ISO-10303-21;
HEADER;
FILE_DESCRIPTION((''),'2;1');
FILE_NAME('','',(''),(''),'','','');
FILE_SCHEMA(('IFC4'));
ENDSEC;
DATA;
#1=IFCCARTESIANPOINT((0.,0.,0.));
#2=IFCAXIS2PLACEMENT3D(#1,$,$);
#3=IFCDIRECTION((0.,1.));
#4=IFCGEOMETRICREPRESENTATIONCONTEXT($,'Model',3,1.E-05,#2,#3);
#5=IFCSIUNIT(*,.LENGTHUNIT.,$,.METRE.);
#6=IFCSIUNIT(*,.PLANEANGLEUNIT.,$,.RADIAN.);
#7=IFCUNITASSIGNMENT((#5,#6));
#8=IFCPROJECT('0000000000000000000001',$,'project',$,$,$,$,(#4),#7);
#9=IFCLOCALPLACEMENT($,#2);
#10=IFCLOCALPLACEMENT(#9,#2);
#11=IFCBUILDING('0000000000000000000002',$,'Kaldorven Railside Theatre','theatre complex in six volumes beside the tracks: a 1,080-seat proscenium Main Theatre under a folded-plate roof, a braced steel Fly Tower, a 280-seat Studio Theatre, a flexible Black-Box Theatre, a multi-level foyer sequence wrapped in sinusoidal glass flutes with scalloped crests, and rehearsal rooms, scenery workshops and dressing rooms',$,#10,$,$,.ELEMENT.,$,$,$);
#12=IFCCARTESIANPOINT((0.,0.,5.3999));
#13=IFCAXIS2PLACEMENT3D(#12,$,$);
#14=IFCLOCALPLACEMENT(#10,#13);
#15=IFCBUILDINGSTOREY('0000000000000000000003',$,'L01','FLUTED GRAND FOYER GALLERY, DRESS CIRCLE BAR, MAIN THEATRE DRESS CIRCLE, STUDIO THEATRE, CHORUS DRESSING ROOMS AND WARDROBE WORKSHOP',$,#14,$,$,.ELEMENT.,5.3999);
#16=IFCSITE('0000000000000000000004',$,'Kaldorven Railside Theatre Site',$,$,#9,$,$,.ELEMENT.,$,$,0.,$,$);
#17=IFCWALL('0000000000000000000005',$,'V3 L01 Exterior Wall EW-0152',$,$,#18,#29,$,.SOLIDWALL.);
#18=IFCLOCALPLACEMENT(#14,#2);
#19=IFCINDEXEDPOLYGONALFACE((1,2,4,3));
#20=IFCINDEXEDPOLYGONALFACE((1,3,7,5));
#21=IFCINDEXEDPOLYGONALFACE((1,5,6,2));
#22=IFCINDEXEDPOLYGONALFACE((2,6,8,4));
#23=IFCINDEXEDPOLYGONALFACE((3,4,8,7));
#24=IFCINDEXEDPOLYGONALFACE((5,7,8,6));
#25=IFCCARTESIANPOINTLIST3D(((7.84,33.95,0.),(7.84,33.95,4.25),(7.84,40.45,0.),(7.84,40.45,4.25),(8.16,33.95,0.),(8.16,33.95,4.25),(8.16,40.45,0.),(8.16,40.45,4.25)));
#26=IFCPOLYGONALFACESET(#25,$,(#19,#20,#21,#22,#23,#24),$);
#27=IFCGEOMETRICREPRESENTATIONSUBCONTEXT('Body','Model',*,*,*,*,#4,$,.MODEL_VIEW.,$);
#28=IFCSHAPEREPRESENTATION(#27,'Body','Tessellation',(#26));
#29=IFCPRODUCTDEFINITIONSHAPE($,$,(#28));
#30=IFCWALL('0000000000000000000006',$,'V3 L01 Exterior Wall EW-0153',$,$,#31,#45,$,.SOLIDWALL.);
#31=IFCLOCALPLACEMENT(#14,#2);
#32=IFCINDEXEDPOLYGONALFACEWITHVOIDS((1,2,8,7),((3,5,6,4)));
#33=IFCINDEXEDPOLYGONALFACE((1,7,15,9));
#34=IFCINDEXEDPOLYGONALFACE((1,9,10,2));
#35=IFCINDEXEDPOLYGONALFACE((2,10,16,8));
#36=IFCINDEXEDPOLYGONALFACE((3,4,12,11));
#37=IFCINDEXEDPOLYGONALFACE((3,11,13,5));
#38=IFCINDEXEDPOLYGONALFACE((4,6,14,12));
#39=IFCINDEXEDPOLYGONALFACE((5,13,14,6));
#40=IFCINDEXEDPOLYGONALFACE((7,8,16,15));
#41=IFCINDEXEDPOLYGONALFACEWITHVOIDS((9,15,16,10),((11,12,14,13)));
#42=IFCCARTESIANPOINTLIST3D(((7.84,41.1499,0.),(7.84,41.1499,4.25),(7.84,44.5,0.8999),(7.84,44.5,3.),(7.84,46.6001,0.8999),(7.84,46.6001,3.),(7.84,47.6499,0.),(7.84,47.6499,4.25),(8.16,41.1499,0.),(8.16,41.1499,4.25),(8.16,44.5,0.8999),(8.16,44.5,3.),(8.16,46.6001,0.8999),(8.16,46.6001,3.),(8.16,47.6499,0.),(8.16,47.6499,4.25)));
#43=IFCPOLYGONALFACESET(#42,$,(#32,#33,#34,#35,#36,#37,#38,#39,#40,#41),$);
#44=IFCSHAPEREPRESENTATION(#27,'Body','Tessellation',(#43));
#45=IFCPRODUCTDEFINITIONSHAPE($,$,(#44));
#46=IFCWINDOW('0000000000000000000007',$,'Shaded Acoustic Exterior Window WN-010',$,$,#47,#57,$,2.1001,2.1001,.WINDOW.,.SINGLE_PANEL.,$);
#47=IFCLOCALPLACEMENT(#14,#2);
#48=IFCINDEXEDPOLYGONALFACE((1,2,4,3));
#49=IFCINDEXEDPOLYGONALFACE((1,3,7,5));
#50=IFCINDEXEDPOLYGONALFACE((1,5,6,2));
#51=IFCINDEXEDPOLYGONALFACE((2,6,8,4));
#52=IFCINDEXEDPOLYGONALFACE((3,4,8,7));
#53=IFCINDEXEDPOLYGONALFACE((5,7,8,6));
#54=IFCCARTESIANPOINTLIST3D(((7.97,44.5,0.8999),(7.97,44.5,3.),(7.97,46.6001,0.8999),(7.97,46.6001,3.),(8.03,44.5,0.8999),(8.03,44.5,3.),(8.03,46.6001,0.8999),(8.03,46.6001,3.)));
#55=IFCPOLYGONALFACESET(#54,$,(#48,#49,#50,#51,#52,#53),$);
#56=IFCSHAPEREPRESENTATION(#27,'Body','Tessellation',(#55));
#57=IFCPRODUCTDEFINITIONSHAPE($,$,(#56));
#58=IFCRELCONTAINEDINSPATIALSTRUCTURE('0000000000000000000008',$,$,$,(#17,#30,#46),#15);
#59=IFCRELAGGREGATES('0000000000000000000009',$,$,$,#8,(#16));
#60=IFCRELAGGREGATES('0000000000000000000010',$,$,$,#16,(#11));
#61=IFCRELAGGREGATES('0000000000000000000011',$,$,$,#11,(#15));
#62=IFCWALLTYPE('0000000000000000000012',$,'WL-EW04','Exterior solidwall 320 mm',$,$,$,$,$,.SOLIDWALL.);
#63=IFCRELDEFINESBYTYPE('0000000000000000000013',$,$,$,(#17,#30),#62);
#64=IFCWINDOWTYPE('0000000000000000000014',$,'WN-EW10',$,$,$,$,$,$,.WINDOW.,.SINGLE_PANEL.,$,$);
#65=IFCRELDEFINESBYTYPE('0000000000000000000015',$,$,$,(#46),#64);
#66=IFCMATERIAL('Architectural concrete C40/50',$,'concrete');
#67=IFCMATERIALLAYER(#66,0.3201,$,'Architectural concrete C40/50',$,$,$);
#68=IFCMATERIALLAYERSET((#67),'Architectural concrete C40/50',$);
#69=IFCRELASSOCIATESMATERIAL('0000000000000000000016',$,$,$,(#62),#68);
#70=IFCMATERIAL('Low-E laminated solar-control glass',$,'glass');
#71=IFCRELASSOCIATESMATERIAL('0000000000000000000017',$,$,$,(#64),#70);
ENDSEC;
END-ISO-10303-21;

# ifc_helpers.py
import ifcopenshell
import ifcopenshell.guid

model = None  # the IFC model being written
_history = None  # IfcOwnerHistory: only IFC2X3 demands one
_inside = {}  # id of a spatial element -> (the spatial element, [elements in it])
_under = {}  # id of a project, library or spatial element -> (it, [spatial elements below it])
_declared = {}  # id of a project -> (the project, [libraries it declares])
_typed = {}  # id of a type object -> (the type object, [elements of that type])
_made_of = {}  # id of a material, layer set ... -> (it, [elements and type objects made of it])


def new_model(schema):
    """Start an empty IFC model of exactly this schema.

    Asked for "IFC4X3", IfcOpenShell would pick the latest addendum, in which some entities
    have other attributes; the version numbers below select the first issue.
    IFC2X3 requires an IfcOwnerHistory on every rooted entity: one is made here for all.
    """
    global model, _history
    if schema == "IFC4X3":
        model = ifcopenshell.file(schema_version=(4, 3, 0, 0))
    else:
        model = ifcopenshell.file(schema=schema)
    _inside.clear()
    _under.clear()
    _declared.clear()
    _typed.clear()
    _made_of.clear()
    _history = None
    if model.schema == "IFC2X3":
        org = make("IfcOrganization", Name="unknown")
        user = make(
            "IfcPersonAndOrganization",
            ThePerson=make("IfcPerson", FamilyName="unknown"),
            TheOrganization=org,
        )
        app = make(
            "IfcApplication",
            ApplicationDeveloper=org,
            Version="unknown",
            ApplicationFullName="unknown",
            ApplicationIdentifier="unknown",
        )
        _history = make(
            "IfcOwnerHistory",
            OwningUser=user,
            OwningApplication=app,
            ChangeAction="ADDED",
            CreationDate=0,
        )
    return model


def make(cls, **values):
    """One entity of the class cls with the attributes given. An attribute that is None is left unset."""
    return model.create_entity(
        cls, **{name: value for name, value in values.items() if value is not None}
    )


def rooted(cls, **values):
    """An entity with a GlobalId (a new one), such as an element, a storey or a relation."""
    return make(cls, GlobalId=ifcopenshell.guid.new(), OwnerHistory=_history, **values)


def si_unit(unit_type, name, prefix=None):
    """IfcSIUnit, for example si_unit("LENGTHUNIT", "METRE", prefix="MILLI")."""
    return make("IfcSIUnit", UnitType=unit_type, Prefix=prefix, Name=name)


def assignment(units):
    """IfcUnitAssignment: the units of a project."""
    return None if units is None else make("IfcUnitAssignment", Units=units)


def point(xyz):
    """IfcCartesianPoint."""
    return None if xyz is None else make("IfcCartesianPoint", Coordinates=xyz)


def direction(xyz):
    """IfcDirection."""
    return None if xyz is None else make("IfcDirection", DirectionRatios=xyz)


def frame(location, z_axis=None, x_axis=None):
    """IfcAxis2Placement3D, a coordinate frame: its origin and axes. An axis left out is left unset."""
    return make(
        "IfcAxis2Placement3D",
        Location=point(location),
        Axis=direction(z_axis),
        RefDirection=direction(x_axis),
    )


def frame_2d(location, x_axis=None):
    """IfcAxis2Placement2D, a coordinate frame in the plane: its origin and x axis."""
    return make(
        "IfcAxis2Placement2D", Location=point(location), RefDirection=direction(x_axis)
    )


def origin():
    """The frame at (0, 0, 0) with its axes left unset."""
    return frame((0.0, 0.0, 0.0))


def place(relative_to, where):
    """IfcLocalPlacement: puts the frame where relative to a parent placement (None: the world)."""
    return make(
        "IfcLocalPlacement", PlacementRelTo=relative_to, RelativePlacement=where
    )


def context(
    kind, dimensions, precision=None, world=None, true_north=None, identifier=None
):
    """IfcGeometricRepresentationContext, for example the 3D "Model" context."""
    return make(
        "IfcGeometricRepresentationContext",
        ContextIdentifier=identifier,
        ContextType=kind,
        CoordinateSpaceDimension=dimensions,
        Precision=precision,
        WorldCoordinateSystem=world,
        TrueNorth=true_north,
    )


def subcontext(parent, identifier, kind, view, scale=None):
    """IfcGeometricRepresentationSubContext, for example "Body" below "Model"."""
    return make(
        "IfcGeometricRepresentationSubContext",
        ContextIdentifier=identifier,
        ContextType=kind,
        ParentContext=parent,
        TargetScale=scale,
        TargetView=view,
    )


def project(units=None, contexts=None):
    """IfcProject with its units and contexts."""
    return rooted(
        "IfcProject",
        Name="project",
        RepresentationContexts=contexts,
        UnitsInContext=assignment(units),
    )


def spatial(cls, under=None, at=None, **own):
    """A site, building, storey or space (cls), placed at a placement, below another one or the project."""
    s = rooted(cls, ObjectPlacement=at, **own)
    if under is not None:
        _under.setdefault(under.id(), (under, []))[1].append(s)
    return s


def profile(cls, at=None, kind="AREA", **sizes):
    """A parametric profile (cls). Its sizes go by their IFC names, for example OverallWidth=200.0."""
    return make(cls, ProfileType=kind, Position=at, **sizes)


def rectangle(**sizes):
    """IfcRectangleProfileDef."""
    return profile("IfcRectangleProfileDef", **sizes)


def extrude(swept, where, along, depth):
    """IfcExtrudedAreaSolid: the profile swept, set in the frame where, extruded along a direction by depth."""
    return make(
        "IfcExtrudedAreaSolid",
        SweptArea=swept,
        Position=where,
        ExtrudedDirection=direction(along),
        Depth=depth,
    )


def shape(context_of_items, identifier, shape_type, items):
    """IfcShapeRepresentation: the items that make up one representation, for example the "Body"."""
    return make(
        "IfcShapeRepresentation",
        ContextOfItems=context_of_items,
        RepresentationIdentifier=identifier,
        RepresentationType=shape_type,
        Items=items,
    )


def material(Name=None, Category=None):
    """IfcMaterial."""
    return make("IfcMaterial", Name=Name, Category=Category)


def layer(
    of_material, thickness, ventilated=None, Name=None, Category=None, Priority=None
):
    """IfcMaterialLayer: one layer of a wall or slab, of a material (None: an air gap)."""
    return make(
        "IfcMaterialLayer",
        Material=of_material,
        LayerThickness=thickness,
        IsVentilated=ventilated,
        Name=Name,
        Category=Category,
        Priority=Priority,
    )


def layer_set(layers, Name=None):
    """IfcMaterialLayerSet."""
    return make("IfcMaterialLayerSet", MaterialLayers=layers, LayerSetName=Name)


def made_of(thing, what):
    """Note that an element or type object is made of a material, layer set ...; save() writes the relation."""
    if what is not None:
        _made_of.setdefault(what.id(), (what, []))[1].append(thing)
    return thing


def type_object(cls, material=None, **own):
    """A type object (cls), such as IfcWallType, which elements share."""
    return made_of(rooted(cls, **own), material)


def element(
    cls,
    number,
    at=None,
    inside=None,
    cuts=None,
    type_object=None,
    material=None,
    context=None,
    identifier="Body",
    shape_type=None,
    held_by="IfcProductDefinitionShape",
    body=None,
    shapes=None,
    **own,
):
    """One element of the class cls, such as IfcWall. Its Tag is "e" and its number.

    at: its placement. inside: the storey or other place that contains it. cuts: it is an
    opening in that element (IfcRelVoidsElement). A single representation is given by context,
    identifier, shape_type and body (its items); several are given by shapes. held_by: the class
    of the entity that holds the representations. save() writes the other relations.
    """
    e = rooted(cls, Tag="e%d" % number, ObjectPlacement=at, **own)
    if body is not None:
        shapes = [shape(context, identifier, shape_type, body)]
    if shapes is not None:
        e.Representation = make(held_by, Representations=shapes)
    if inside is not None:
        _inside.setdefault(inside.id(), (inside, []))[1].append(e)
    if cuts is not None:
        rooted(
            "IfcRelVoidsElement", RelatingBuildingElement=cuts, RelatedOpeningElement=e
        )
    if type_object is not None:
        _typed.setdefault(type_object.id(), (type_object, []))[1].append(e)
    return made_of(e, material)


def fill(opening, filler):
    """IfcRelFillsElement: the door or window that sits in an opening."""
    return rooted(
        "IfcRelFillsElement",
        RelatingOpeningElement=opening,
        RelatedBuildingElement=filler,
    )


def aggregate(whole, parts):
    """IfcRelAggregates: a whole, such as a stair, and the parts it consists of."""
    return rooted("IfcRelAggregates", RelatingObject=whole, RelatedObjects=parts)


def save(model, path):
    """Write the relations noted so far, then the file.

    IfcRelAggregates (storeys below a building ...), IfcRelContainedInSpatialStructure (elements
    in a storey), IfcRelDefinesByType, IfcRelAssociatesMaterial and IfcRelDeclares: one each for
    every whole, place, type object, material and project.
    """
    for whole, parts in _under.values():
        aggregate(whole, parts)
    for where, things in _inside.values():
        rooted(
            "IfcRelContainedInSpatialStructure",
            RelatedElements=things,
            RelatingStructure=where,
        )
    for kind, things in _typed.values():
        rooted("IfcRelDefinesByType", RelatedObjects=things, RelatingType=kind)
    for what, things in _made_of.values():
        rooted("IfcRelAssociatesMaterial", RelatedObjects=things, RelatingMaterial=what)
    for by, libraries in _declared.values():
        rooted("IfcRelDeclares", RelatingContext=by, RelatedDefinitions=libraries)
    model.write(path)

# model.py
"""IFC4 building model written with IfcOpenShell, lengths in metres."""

from ifc_helpers import new_model, si_unit, direction, frame, frame_2d, origin, place, context, subcontext, project, spatial, rectangle, extrude, material, layer, layer_set, type_object, element, fill, save


model = new_model("IFC4")

# Units and contexts
model_context = context("Model", 3, precision=1e-05, world=origin(), true_north=direction((0.0, 1.0)))
body_context = subcontext(model_context, "Body", "Model", "MODEL_VIEW")
ifc_project = project(units=[si_unit("LENGTHUNIT", "METRE"), si_unit("PLANEANGLEUNIT", "RADIAN")], contexts=[model_context])

# Site, building, storey
site_placement = place(None, origin())
site = spatial("IfcSite", under=ifc_project, at=site_placement, Name="Kaldorven Railside Theatre Site", CompositionType="ELEMENT", RefElevation=0.0)
building_placement = place(site_placement, origin())
building = spatial("IfcBuilding", under=site, at=building_placement, Name="Kaldorven Railside Theatre", Description="theatre complex in six volumes beside the tracks: a 1,080-seat proscenium Main Theatre under a folded-plate roof, a braced steel Fly Tower, a 280-seat Studio Theatre, a flexible Black-Box Theatre, a multi-level foyer sequence wrapped in sinusoidal glass flutes with scalloped crests, and rehearsal rooms, scenery workshops and dressing rooms", CompositionType="ELEMENT")
storey_placement = place(building_placement, frame((0.0, 0.0, 5.3999)))
storey = spatial("IfcBuildingStorey", under=building, at=storey_placement, Name="L01", Description="FLUTED GRAND FOYER GALLERY, DRESS CIRCLE BAR, MAIN THEATRE DRESS CIRCLE, STUDIO THEATRE, CHORUS DRESSING ROOMS AND WARDROBE WORKSHOP", CompositionType="ELEMENT", Elevation=5.3999)

# Wall
ifc_material_1 = material(Name="Architectural concrete C40/50", Category="concrete")
ifc_layer = layer(ifc_material_1, 0.3201, Name="Architectural concrete C40/50")
ifc_layer_set = layer_set([ifc_layer], Name="Architectural concrete C40/50")
wall_type = type_object("IfcWallType", Name="WL-EW04", Description="Exterior solidwall 320 mm", PredefinedType="SOLIDWALL", material=ifc_layer_set)
wall_1_placement = place(storey_placement, frame((8.0, 33.95, 0.0), z_axis=(0.0, 0.0, 1.0), x_axis=(0.0, 1.0, 0.0)))
element("IfcWall", 1, at=wall_1_placement, inside=storey, type_object=wall_type, Name="V3 L01 Exterior Wall EW-0152", PredefinedType="SOLIDWALL", context=body_context, shape_type="SweptSolid", body=[
    extrude(rectangle(XDim=6.5, YDim=0.3201, at=frame_2d((3.25, 0.0))), origin(), (0.0, 0.0, 1.0), 4.25),
])

# Wall, opening, window
wall_2_placement = place(storey_placement, frame((8.0, 41.1499, 0.0), z_axis=(0.0, 0.0, 1.0), x_axis=(0.0, 1.0, 0.0)))
wall_2 = element("IfcWall", 2, at=wall_2_placement, inside=storey, type_object=wall_type, Name="V3 L01 Exterior Wall EW-0153", PredefinedType="SOLIDWALL", context=body_context, shape_type="SweptSolid", body=[
    extrude(rectangle(XDim=6.5, YDim=0.3201, at=frame_2d((3.25, 0.0))), origin(), (0.0, 0.0, 1.0), 4.25),
])
opening_placement = place(wall_2_placement, frame((3.3501, 0.0, 0.8999)))
opening = element("IfcOpeningElement", 3, at=opening_placement, cuts=wall_2, PredefinedType="OPENING", context=body_context, shape_type="SweptSolid", body=[
    extrude(rectangle(XDim=2.1001, YDim=2.1001, at=frame_2d((1.05, 1.05))), frame((0.0, 0.1699, 0.0), z_axis=(0.0, -1.0, 0.0), x_axis=(1.0, 0.0, 0.0)), (0.0, 0.0, 1.0), 0.3401),
])
ifc_material_2 = material(Name="Low-E laminated solar-control glass", Category="glass")
window_type = type_object("IfcWindowType", Name="WN-EW10", PartitioningType="SINGLE_PANEL", PredefinedType="WINDOW", material=ifc_material_2)
window_placement = place(opening_placement, origin())
window = element("IfcWindow", 4, at=window_placement, inside=storey, type_object=window_type, Name="Shaded Acoustic Exterior Window WN-010", OverallHeight=2.1001, OverallWidth=2.1001, PartitioningType="SINGLE_PANEL", PredefinedType="WINDOW", context=body_context, shape_type="SweptSolid", body=[
    extrude(rectangle(XDim=2.1001, YDim=2.1001, at=frame_2d((1.05, 1.05))), frame((0.0, 0.03, 0.0), z_axis=(0.0, -1.0, 0.0), x_axis=(1.0, 0.0, 0.0)), (0.0, 0.0, 1.0), 0.0601),
])
fill(opening, window)

save(model, "model.ifc")
